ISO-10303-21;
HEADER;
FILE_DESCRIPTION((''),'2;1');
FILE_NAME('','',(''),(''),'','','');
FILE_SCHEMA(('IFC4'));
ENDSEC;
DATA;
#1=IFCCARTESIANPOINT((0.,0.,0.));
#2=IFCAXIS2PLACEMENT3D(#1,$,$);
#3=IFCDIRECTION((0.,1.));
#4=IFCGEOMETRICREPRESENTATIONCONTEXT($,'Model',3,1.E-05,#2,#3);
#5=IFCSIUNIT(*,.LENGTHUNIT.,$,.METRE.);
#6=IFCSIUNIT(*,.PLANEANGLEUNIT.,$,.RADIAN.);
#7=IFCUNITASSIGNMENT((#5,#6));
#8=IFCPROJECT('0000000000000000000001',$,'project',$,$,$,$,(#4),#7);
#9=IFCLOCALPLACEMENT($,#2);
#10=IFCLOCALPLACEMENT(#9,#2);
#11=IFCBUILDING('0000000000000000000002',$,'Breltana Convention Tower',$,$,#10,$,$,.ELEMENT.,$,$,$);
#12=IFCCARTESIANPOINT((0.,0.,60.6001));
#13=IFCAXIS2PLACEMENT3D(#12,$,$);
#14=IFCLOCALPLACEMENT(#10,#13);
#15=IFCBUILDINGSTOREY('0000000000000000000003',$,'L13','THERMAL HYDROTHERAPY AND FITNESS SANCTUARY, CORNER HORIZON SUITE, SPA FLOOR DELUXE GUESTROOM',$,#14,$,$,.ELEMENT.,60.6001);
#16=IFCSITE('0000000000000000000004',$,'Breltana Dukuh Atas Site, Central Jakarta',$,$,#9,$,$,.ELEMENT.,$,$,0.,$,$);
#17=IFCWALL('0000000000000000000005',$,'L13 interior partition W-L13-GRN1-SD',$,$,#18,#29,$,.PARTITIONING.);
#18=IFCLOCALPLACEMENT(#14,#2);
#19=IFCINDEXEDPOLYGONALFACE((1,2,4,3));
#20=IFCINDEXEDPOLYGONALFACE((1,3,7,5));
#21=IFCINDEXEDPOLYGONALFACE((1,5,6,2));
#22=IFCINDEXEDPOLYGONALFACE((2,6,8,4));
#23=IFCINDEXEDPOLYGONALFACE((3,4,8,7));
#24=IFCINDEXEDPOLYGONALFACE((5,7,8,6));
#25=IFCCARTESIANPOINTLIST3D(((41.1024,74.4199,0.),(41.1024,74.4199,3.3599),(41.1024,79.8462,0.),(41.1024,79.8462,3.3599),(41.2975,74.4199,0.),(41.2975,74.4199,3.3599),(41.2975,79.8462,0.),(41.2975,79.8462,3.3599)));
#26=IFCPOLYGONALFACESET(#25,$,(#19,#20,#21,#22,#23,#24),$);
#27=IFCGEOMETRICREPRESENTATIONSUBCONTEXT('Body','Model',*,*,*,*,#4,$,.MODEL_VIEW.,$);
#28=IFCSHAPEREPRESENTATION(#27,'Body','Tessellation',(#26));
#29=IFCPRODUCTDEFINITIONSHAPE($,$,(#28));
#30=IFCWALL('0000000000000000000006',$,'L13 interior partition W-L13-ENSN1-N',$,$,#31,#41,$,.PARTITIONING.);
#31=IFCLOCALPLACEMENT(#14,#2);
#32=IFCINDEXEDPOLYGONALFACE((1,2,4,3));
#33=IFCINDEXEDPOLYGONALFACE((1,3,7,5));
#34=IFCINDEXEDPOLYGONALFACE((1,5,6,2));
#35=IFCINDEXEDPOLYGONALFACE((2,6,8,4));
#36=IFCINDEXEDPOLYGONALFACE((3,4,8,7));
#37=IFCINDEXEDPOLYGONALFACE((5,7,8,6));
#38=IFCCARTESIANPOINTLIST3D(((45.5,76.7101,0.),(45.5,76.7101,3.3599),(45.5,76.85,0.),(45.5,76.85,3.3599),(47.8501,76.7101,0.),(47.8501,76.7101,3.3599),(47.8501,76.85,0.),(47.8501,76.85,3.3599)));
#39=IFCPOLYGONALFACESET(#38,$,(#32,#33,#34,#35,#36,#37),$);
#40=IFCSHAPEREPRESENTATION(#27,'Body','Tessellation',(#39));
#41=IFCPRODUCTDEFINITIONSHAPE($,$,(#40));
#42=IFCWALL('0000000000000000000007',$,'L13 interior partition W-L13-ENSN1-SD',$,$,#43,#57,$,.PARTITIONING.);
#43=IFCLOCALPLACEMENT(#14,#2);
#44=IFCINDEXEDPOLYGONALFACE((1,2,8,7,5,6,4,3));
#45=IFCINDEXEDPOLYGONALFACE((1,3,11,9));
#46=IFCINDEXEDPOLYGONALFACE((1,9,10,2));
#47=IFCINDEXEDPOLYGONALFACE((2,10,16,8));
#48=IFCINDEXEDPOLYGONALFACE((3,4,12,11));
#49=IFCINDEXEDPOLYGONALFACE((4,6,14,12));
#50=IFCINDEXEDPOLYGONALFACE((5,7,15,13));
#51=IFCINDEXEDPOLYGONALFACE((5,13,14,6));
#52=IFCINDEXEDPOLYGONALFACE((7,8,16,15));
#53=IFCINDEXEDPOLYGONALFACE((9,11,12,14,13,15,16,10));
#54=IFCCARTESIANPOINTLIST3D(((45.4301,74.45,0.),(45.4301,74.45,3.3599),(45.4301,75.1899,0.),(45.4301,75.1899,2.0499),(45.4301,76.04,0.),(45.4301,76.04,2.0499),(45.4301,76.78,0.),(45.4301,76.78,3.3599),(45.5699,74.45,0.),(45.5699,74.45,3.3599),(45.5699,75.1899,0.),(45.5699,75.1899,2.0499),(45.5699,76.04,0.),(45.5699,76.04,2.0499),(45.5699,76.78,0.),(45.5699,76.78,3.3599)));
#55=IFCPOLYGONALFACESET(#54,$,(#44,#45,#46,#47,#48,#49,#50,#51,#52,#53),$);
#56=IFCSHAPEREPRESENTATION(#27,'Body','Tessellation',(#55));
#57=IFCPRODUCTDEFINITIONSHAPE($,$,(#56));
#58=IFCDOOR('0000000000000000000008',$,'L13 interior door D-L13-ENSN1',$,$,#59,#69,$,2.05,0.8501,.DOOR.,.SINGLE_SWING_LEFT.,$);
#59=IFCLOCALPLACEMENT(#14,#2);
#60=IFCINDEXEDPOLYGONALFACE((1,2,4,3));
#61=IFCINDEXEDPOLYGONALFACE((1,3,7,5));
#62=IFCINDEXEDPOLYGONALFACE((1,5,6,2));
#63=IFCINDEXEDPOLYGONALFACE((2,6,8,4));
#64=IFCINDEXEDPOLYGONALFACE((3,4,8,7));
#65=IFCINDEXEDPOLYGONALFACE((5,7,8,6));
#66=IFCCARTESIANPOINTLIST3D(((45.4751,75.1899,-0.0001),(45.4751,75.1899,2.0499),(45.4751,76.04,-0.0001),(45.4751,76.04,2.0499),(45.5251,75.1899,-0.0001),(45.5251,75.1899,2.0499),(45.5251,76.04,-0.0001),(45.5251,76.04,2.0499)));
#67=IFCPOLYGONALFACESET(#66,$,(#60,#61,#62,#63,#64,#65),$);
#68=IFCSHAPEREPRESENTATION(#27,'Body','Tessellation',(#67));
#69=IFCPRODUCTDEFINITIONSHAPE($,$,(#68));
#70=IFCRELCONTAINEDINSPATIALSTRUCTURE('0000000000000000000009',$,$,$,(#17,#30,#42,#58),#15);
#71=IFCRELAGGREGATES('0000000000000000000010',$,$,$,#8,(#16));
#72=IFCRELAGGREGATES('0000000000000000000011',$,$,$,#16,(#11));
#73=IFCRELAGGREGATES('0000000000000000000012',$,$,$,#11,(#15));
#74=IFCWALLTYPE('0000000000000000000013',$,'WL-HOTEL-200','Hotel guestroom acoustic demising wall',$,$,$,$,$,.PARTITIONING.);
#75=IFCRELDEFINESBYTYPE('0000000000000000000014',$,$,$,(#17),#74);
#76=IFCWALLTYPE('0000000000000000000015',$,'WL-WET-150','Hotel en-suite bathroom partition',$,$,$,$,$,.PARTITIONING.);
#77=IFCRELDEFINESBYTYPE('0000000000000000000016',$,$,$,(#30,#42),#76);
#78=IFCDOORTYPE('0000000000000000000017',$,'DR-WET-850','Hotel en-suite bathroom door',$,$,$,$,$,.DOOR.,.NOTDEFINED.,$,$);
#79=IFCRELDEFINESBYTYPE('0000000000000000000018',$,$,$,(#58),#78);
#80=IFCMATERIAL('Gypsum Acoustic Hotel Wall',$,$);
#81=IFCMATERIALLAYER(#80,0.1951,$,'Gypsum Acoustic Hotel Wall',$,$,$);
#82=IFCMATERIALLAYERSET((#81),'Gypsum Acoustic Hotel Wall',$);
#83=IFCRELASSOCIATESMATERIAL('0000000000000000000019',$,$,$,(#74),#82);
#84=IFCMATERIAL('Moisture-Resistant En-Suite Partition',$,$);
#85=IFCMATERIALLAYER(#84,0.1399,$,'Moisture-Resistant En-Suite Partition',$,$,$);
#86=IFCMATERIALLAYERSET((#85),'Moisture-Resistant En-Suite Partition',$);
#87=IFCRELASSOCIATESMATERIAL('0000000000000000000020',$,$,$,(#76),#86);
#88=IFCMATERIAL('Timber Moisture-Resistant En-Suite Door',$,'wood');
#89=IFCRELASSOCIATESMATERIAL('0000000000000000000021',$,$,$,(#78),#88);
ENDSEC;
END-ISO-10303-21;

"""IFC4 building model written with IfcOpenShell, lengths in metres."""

from ifc_helpers import new_model, si_unit, direction, frame, frame_2d, origin, place, context, subcontext, project, spatial, rectangle, extrude, source, transform, mapped, material, layer, layer_set, type_object, type_shapes, element, fill, save


model = new_model("IFC4")

# Units and contexts
model_context = context("Model", 3, precision=1e-05, world=origin(), true_north=direction((0.0, 1.0)))
body_context = subcontext(model_context, "Body", "Model", "MODEL_VIEW")
ifc_project = project(units=[si_unit("LENGTHUNIT", "METRE"), si_unit("PLANEANGLEUNIT", "RADIAN")], contexts=[model_context])

# Site, building, storey
site_placement = place(None, origin())
site = spatial("IfcSite", under=ifc_project, at=site_placement, Name="Breltana Dukuh Atas Site, Central Jakarta", CompositionType="ELEMENT", RefElevation=0.0)
building_placement = place(site_placement, origin())
building = spatial("IfcBuilding", under=site, at=building_placement, Name="Breltana Convention Tower", CompositionType="ELEMENT")
storey_placement = place(building_placement, frame((0.0, 0.0, 60.6001)))
storey = spatial("IfcBuildingStorey", under=building, at=storey_placement, Name="L13", Description="THERMAL HYDROTHERAPY AND FITNESS SANCTUARY, CORNER HORIZON SUITE, SPA FLOOR DELUXE GUESTROOM", CompositionType="ELEMENT", Elevation=60.6001)

# Shared definitions
ifc_material_1 = material(Name="Gypsum Acoustic Hotel Wall")
ifc_layer_1 = layer(ifc_material_1, 0.1951, Name="Gypsum Acoustic Hotel Wall")
ifc_layer_set_1 = layer_set([ifc_layer_1], Name="Gypsum Acoustic Hotel Wall")
wall_type_1 = type_object("IfcWallType", Name="WL-HOTEL-200", Description="Hotel guestroom acoustic demising wall", PredefinedType="PARTITIONING", material=ifc_layer_set_1)

# Walls
shared_shape_1 = source(origin(), body_context, "Body", "SweptSolid", [
    extrude(rectangle(XDim=5.4263, YDim=0.1951, at=frame_2d((2.7131, 0.0))), origin(), (0.0, 0.0, 1.0), 3.3599),
])
wall_1_placement = place(storey_placement, frame((41.2, 74.4199, 0.0), z_axis=(0.0, 0.0, 1.0), x_axis=(0.0, 1.0, 0.0)))
element("IfcWall", 1, at=wall_1_placement, inside=storey, type_object=wall_type_1, Name="L13 interior partition W-L13-GRN1-SD", PredefinedType="PARTITIONING", context=body_context, shape_type="MappedRepresentation", body=[
    mapped(shared_shape_1, transform((0.0, 0.0, 0.0), scale=1.0)),
])
ifc_material_2 = material(Name="Moisture-Resistant En-Suite Partition")
ifc_layer_2 = layer(ifc_material_2, 0.1399, Name="Moisture-Resistant En-Suite Partition")
ifc_layer_set_2 = layer_set([ifc_layer_2], Name="Moisture-Resistant En-Suite Partition")
wall_type_2 = type_object("IfcWallType", Name="WL-WET-150", Description="Hotel en-suite bathroom partition", PredefinedType="PARTITIONING", material=ifc_layer_set_2)
shared_shape_2 = source(origin(), body_context, "Body", "SweptSolid", [
    extrude(rectangle(XDim=2.3501, YDim=0.1399, at=frame_2d((1.175, 0.0))), origin(), (0.0, 0.0, 1.0), 3.3599),
])
wall_2_placement = place(storey_placement, frame((45.5, 76.78, 0.0), z_axis=(0.0, 0.0, 1.0), x_axis=(1.0, 0.0, 0.0)))
element("IfcWall", 2, at=wall_2_placement, inside=storey, type_object=wall_type_2, Name="L13 interior partition W-L13-ENSN1-N", PredefinedType="PARTITIONING", context=body_context, shape_type="MappedRepresentation", body=[
    mapped(shared_shape_2, transform((0.0, 0.0, 0.0), scale=1.0)),
])

# Wall, opening, door
shared_shape_3 = source(origin(), body_context, "Body", "SweptSolid", [
    extrude(rectangle(XDim=2.3301, YDim=0.1399, at=frame_2d((1.165, 0.0))), origin(), (0.0, 0.0, 1.0), 3.3599),
])
wall_3_placement = place(storey_placement, frame((45.5, 74.45, 0.0), z_axis=(0.0, 0.0, 1.0), x_axis=(0.0, 1.0, 0.0)))
wall_3 = element("IfcWall", 3, at=wall_3_placement, inside=storey, type_object=wall_type_2, Name="L13 interior partition W-L13-ENSN1-SD", PredefinedType="PARTITIONING", context=body_context, shape_type="MappedRepresentation", body=[
    mapped(shared_shape_3, transform((0.0, 0.0, 0.0), scale=1.0)),
])
opening_1_placement = place(wall_3_placement, frame((0.74, 0.0, 0.0)))
opening_1 = element("IfcOpeningElement", 4, at=opening_1_placement, cuts=wall_3, PredefinedType="OPENING", context=body_context, shape_type="SweptSolid", body=[
    extrude(rectangle(XDim=0.8501, YDim=2.05, at=frame_2d((0.425, 1.0249))), frame((0.0, 0.0801, 0.0), z_axis=(0.0, -1.0, 0.0), x_axis=(1.0, 0.0, 0.0)), (0.0, 0.0, 1.0), 0.1599),
])
ifc_material_3 = material(Name="Timber Moisture-Resistant En-Suite Door", Category="wood")
door_type_1 = type_object("IfcDoorType", Name="DR-WET-850", Description="Hotel en-suite bathroom door", OperationType="NOTDEFINED", PredefinedType="DOOR", material=ifc_material_3)
shared_shape_4 = source(origin(), body_context, "Body", "SweptSolid", [
    extrude(rectangle(XDim=0.8501, YDim=2.05, at=frame_2d((0.425, 1.0249))), frame((0.0, 0.0249, 0.0), z_axis=(0.0, -1.0, 0.0), x_axis=(1.0, 0.0, 0.0)), (0.0, 0.0, 1.0), 0.05),
])
type_shapes(door_type_1, [shared_shape_4])
door_1_placement = place(opening_1_placement, origin())
door_1 = element("IfcDoor", 5, at=door_1_placement, inside=storey, type_object=door_type_1, Name="L13 interior door D-L13-ENSN1", OperationType="SINGLE_SWING_LEFT", OverallHeight=2.05, OverallWidth=0.8501, PredefinedType="DOOR", context=body_context, shape_type="MappedRepresentation", body=[
    mapped(shared_shape_4, transform((0.0, 0.0, 0.0), scale=1.0)),
])
fill(opening_1, door_1)

save(model, "model.ifc")
